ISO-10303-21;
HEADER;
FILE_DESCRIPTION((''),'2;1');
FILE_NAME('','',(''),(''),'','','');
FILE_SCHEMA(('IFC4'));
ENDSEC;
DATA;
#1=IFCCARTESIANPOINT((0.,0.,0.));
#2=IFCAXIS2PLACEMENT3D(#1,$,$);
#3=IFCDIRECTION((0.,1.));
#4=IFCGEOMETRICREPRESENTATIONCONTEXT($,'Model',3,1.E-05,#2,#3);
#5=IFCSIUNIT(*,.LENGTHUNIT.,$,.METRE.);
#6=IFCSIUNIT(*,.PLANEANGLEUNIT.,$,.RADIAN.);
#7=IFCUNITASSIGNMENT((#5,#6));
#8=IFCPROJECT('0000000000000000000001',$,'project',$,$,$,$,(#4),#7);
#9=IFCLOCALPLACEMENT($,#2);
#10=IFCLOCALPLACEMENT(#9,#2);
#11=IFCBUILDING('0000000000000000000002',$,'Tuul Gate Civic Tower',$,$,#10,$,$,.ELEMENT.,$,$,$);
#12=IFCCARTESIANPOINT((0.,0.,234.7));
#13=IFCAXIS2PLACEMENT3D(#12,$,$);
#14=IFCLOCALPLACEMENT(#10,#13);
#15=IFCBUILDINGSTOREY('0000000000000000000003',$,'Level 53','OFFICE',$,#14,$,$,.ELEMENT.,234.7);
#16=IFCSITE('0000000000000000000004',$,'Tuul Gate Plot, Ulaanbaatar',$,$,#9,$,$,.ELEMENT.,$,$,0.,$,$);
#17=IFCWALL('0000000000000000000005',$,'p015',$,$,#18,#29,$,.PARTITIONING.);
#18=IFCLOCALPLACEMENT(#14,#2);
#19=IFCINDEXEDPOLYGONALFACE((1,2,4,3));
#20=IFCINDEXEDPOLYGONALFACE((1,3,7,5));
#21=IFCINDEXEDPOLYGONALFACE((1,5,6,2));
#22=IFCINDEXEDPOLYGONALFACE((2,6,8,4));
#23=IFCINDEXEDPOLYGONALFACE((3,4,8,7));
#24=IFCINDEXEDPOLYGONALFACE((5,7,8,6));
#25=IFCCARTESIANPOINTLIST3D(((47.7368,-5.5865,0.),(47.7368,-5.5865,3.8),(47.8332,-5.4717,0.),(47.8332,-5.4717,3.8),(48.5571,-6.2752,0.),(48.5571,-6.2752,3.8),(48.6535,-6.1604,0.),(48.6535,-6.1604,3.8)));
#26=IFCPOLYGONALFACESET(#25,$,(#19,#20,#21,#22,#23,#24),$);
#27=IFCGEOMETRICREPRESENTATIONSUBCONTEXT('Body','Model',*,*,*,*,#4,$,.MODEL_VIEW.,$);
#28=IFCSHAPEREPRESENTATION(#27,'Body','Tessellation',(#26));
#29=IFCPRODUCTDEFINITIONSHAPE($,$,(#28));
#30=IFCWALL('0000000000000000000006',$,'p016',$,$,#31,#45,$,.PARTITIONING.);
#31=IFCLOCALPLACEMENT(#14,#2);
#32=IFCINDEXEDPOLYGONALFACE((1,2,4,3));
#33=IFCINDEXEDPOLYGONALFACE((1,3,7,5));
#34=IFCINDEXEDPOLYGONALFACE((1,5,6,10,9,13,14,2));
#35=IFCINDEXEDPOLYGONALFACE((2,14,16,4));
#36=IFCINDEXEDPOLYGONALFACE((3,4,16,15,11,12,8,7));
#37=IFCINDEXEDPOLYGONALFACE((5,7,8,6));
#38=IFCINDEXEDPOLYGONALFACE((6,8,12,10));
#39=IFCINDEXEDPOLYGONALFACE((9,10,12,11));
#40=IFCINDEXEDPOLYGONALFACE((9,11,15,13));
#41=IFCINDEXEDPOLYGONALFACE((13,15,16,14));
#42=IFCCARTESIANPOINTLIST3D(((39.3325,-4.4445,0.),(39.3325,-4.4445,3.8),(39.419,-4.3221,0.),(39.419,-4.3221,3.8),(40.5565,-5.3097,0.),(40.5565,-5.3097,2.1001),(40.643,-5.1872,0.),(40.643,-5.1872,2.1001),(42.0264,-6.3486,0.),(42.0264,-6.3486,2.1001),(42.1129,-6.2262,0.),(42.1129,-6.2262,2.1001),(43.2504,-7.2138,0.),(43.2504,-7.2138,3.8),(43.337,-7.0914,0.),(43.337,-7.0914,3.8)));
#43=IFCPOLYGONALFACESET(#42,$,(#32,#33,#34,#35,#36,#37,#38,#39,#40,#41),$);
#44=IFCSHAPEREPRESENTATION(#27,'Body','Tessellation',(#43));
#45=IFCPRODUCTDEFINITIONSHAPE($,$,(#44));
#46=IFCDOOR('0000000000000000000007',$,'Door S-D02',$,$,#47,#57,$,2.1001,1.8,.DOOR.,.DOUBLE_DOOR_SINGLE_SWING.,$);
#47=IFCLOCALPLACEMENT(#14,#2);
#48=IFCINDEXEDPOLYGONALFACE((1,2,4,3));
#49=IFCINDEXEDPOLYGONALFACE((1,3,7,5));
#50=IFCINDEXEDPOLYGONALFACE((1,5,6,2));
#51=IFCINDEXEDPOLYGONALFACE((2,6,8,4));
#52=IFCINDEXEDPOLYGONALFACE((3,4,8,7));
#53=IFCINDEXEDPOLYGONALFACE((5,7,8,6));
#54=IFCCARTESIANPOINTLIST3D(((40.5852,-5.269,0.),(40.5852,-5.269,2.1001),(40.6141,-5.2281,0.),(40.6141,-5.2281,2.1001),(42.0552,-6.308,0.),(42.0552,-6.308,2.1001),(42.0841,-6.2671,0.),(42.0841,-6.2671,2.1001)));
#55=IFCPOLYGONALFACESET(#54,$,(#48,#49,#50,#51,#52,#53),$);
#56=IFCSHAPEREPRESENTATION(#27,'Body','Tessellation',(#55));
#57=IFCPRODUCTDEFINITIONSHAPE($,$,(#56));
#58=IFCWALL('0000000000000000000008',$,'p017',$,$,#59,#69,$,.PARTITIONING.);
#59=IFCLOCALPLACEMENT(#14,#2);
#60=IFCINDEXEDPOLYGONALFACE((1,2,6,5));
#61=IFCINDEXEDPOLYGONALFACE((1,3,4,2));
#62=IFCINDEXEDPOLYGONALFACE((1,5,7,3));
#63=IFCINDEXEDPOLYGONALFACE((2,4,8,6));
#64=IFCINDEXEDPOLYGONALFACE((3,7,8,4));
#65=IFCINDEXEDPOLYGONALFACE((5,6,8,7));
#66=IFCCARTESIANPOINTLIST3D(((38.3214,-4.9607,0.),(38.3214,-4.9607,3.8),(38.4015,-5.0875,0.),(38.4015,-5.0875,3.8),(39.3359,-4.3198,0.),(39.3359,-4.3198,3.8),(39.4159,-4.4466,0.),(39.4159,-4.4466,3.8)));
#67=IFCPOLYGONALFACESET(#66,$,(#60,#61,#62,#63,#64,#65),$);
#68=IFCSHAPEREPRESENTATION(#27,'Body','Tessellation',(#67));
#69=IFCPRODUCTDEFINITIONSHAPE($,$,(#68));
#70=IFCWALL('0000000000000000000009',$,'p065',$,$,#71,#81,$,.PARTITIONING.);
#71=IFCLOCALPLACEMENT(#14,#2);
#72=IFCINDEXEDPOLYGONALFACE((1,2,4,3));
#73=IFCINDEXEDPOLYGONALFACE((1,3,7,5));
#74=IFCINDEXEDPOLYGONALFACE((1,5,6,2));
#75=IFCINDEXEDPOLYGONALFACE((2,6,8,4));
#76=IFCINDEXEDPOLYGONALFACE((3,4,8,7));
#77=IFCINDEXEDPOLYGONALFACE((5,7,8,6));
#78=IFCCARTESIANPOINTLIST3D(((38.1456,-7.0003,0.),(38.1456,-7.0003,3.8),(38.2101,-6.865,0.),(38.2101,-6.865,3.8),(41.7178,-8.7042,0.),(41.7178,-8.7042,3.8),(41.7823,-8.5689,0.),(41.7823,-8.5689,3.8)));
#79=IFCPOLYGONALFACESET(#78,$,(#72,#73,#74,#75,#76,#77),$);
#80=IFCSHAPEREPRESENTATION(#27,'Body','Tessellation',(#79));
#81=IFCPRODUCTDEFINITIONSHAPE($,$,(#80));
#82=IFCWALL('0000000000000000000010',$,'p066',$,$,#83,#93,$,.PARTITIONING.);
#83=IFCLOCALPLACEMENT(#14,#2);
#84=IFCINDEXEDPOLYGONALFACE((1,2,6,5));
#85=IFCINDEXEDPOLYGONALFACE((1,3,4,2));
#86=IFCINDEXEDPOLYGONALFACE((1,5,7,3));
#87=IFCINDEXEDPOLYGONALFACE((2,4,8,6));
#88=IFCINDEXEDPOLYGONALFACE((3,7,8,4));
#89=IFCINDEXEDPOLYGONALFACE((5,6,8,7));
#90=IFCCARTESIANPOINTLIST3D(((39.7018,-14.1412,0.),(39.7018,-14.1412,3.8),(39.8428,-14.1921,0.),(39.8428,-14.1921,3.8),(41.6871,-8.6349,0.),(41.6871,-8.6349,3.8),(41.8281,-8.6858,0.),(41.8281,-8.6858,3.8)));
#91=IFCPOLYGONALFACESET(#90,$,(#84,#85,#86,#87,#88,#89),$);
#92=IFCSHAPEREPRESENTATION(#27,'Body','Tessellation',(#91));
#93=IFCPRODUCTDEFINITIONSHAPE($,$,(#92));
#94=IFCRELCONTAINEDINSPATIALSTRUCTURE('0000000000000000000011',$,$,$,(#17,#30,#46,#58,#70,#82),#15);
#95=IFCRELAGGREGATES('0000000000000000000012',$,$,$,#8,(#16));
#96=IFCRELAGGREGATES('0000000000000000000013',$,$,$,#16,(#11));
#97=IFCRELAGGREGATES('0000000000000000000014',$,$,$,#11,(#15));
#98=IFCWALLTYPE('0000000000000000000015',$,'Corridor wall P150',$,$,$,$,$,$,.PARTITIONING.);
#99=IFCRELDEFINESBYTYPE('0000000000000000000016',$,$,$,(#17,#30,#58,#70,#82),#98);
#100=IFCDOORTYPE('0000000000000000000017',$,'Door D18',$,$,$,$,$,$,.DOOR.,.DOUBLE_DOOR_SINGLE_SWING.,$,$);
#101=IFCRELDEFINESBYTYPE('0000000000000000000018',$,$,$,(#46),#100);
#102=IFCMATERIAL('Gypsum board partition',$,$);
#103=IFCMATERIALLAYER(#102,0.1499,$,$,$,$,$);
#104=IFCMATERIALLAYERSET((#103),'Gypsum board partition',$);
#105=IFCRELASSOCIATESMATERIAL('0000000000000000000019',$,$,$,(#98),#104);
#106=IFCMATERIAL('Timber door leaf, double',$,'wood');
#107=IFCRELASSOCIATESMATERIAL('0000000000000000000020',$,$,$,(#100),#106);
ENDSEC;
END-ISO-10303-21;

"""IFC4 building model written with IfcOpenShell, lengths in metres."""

from ifc_helpers import new_model, si_unit, direction, frame, frame_2d, origin, place, context, subcontext, project, spatial, rectangle, extrude, material, layer, layer_set, type_object, element, fill, save


model = new_model("IFC4")

# Units and contexts
model_context = context("Model", 3, precision=1e-05, world=origin(), true_north=direction((0.0, 1.0)))
body_context = subcontext(model_context, "Body", "Model", "MODEL_VIEW")
ifc_project = project(units=[si_unit("LENGTHUNIT", "METRE"), si_unit("PLANEANGLEUNIT", "RADIAN")], contexts=[model_context])

# Site, building, storey
site_placement = place(None, origin())
site = spatial("IfcSite", under=ifc_project, at=site_placement, Name="Tuul Gate Plot, Ulaanbaatar", CompositionType="ELEMENT", RefElevation=0.0)
building_placement = place(site_placement, origin())
building = spatial("IfcBuilding", under=site, at=building_placement, Name="Tuul Gate Civic Tower", CompositionType="ELEMENT")
storey_placement = place(building_placement, frame((0.0, 0.0, 234.7)))
storey = spatial("IfcBuildingStorey", under=building, at=storey_placement, Name="Level 53", Description="OFFICE", CompositionType="ELEMENT", Elevation=234.7)

# Shared definitions
ifc_material_1 = material(Name="Gypsum board partition")
ifc_layer_1 = layer(ifc_material_1, 0.1499)
ifc_layer_set_1 = layer_set([ifc_layer_1], Name="Gypsum board partition")
wall_type_1 = type_object("IfcWallType", Name="Corridor wall P150", PredefinedType="PARTITIONING", material=ifc_layer_set_1)

# Wall
wall_1_placement = place(storey_placement, frame((47.7849, -5.5291, 0.0), z_axis=(0.0, 0.0, 1.0), x_axis=(0.765862, -0.643005, 0.0)))
element("IfcWall", 1, at=wall_1_placement, inside=storey, type_object=wall_type_1, Name="p015", PredefinedType="PARTITIONING", context=body_context, shape_type="SweptSolid", body=[
    extrude(rectangle(XDim=1.071, YDim=0.1499, at=frame_2d((0.5356, 0.0))), origin(), (0.0, 0.0, 1.0), 3.8),
])

# Wall, opening, door
wall_2_placement = place(storey_placement, frame((39.3757, -4.3833, 0.0), z_axis=(0.0, 0.0, 1.0), x_axis=(0.816608, -0.577193, 0.0)))
wall_2 = element("IfcWall", 2, at=wall_2_placement, inside=storey, type_object=wall_type_1, Name="p016", PredefinedType="PARTITIONING", context=body_context, shape_type="SweptSolid", body=[
    extrude(rectangle(XDim=4.7979, YDim=0.1499, at=frame_2d((2.3989, 0.0))), origin(), (0.0, 0.0, 1.0), 3.8),
])
opening_1_placement = place(wall_2_placement, frame((1.499, 0.0, 0.0)))
opening_1 = element("IfcOpeningElement", 3, at=opening_1_placement, cuts=wall_2, PredefinedType="OPENING", context=body_context, shape_type="SweptSolid", body=[
    extrude(rectangle(XDim=1.8, YDim=2.1001, at=frame_2d((0.8999, 1.05))), frame((0.0, 0.085, 0.0), z_axis=(0.0, -1.0, 0.0), x_axis=(1.0, 0.0, 0.0)), (0.0, 0.0, 1.0), 0.1699),
])
ifc_material_2 = material(Name="Timber door leaf, double", Category="wood")
door_type_1 = type_object("IfcDoorType", Name="Door D18", OperationType="DOUBLE_DOOR_SINGLE_SWING", PredefinedType="DOOR", material=ifc_material_2)
door_1_placement = place(opening_1_placement, origin())
door_1 = element("IfcDoor", 4, at=door_1_placement, inside=storey, type_object=door_type_1, Name="Door S-D02", OperationType="DOUBLE_DOOR_SINGLE_SWING", OverallHeight=2.1001, OverallWidth=1.8, PredefinedType="DOOR", context=body_context, shape_type="SweptSolid", body=[
    extrude(rectangle(XDim=1.8, YDim=2.1001, at=frame_2d((0.8999, 1.05))), frame((0.0, 0.0249, 0.0), z_axis=(0.0, -1.0, 0.0), x_axis=(1.0, 0.0, 0.0)), (0.0, 0.0, 1.0), 0.05),
])
fill(opening_1, door_1)

# Walls
wall_3_placement = place(storey_placement, frame((38.3613, -5.0242, 0.0), z_axis=(0.0, 0.0, 1.0), x_axis=(0.845416, 0.534108, 0.0)))
element("IfcWall", 5, at=wall_3_placement, inside=storey, type_object=wall_type_1, Name="p017", PredefinedType="PARTITIONING", context=body_context, shape_type="SweptSolid", body=[
    extrude(rectangle(XDim=1.2, YDim=0.1499, at=frame_2d((0.6001, 0.0))), origin(), (0.0, 0.0, 1.0), 3.8),
])
wall_4_placement = place(storey_placement, frame((38.1777, -6.9326, 0.0), z_axis=(0.0, 0.0, 1.0), x_axis=(0.902588, -0.430506, 0.0)))
element("IfcWall", 6, at=wall_4_placement, inside=storey, type_object=wall_type_1, Name="p065", PredefinedType="PARTITIONING", context=body_context, shape_type="SweptSolid", body=[
    extrude(rectangle(XDim=3.9578, YDim=0.1499, at=frame_2d((1.979, 0.0))), origin(), (0.0, 0.0, 1.0), 3.8),
])
wall_5_placement = place(storey_placement, frame((39.7722, -14.1667, 0.0), z_axis=(0.0, 0.0, 1.0), x_axis=(0.339183, 0.94072, 0.0)))
element("IfcWall", 7, at=wall_5_placement, inside=storey, type_object=wall_type_1, Name="p066", PredefinedType="PARTITIONING", context=body_context, shape_type="SweptSolid", body=[
    extrude(rectangle(XDim=5.8533, YDim=0.1499, at=frame_2d((2.9268, 0.0))), origin(), (0.0, 0.0, 1.0), 3.8),
])

save(model, "model.ifc")
